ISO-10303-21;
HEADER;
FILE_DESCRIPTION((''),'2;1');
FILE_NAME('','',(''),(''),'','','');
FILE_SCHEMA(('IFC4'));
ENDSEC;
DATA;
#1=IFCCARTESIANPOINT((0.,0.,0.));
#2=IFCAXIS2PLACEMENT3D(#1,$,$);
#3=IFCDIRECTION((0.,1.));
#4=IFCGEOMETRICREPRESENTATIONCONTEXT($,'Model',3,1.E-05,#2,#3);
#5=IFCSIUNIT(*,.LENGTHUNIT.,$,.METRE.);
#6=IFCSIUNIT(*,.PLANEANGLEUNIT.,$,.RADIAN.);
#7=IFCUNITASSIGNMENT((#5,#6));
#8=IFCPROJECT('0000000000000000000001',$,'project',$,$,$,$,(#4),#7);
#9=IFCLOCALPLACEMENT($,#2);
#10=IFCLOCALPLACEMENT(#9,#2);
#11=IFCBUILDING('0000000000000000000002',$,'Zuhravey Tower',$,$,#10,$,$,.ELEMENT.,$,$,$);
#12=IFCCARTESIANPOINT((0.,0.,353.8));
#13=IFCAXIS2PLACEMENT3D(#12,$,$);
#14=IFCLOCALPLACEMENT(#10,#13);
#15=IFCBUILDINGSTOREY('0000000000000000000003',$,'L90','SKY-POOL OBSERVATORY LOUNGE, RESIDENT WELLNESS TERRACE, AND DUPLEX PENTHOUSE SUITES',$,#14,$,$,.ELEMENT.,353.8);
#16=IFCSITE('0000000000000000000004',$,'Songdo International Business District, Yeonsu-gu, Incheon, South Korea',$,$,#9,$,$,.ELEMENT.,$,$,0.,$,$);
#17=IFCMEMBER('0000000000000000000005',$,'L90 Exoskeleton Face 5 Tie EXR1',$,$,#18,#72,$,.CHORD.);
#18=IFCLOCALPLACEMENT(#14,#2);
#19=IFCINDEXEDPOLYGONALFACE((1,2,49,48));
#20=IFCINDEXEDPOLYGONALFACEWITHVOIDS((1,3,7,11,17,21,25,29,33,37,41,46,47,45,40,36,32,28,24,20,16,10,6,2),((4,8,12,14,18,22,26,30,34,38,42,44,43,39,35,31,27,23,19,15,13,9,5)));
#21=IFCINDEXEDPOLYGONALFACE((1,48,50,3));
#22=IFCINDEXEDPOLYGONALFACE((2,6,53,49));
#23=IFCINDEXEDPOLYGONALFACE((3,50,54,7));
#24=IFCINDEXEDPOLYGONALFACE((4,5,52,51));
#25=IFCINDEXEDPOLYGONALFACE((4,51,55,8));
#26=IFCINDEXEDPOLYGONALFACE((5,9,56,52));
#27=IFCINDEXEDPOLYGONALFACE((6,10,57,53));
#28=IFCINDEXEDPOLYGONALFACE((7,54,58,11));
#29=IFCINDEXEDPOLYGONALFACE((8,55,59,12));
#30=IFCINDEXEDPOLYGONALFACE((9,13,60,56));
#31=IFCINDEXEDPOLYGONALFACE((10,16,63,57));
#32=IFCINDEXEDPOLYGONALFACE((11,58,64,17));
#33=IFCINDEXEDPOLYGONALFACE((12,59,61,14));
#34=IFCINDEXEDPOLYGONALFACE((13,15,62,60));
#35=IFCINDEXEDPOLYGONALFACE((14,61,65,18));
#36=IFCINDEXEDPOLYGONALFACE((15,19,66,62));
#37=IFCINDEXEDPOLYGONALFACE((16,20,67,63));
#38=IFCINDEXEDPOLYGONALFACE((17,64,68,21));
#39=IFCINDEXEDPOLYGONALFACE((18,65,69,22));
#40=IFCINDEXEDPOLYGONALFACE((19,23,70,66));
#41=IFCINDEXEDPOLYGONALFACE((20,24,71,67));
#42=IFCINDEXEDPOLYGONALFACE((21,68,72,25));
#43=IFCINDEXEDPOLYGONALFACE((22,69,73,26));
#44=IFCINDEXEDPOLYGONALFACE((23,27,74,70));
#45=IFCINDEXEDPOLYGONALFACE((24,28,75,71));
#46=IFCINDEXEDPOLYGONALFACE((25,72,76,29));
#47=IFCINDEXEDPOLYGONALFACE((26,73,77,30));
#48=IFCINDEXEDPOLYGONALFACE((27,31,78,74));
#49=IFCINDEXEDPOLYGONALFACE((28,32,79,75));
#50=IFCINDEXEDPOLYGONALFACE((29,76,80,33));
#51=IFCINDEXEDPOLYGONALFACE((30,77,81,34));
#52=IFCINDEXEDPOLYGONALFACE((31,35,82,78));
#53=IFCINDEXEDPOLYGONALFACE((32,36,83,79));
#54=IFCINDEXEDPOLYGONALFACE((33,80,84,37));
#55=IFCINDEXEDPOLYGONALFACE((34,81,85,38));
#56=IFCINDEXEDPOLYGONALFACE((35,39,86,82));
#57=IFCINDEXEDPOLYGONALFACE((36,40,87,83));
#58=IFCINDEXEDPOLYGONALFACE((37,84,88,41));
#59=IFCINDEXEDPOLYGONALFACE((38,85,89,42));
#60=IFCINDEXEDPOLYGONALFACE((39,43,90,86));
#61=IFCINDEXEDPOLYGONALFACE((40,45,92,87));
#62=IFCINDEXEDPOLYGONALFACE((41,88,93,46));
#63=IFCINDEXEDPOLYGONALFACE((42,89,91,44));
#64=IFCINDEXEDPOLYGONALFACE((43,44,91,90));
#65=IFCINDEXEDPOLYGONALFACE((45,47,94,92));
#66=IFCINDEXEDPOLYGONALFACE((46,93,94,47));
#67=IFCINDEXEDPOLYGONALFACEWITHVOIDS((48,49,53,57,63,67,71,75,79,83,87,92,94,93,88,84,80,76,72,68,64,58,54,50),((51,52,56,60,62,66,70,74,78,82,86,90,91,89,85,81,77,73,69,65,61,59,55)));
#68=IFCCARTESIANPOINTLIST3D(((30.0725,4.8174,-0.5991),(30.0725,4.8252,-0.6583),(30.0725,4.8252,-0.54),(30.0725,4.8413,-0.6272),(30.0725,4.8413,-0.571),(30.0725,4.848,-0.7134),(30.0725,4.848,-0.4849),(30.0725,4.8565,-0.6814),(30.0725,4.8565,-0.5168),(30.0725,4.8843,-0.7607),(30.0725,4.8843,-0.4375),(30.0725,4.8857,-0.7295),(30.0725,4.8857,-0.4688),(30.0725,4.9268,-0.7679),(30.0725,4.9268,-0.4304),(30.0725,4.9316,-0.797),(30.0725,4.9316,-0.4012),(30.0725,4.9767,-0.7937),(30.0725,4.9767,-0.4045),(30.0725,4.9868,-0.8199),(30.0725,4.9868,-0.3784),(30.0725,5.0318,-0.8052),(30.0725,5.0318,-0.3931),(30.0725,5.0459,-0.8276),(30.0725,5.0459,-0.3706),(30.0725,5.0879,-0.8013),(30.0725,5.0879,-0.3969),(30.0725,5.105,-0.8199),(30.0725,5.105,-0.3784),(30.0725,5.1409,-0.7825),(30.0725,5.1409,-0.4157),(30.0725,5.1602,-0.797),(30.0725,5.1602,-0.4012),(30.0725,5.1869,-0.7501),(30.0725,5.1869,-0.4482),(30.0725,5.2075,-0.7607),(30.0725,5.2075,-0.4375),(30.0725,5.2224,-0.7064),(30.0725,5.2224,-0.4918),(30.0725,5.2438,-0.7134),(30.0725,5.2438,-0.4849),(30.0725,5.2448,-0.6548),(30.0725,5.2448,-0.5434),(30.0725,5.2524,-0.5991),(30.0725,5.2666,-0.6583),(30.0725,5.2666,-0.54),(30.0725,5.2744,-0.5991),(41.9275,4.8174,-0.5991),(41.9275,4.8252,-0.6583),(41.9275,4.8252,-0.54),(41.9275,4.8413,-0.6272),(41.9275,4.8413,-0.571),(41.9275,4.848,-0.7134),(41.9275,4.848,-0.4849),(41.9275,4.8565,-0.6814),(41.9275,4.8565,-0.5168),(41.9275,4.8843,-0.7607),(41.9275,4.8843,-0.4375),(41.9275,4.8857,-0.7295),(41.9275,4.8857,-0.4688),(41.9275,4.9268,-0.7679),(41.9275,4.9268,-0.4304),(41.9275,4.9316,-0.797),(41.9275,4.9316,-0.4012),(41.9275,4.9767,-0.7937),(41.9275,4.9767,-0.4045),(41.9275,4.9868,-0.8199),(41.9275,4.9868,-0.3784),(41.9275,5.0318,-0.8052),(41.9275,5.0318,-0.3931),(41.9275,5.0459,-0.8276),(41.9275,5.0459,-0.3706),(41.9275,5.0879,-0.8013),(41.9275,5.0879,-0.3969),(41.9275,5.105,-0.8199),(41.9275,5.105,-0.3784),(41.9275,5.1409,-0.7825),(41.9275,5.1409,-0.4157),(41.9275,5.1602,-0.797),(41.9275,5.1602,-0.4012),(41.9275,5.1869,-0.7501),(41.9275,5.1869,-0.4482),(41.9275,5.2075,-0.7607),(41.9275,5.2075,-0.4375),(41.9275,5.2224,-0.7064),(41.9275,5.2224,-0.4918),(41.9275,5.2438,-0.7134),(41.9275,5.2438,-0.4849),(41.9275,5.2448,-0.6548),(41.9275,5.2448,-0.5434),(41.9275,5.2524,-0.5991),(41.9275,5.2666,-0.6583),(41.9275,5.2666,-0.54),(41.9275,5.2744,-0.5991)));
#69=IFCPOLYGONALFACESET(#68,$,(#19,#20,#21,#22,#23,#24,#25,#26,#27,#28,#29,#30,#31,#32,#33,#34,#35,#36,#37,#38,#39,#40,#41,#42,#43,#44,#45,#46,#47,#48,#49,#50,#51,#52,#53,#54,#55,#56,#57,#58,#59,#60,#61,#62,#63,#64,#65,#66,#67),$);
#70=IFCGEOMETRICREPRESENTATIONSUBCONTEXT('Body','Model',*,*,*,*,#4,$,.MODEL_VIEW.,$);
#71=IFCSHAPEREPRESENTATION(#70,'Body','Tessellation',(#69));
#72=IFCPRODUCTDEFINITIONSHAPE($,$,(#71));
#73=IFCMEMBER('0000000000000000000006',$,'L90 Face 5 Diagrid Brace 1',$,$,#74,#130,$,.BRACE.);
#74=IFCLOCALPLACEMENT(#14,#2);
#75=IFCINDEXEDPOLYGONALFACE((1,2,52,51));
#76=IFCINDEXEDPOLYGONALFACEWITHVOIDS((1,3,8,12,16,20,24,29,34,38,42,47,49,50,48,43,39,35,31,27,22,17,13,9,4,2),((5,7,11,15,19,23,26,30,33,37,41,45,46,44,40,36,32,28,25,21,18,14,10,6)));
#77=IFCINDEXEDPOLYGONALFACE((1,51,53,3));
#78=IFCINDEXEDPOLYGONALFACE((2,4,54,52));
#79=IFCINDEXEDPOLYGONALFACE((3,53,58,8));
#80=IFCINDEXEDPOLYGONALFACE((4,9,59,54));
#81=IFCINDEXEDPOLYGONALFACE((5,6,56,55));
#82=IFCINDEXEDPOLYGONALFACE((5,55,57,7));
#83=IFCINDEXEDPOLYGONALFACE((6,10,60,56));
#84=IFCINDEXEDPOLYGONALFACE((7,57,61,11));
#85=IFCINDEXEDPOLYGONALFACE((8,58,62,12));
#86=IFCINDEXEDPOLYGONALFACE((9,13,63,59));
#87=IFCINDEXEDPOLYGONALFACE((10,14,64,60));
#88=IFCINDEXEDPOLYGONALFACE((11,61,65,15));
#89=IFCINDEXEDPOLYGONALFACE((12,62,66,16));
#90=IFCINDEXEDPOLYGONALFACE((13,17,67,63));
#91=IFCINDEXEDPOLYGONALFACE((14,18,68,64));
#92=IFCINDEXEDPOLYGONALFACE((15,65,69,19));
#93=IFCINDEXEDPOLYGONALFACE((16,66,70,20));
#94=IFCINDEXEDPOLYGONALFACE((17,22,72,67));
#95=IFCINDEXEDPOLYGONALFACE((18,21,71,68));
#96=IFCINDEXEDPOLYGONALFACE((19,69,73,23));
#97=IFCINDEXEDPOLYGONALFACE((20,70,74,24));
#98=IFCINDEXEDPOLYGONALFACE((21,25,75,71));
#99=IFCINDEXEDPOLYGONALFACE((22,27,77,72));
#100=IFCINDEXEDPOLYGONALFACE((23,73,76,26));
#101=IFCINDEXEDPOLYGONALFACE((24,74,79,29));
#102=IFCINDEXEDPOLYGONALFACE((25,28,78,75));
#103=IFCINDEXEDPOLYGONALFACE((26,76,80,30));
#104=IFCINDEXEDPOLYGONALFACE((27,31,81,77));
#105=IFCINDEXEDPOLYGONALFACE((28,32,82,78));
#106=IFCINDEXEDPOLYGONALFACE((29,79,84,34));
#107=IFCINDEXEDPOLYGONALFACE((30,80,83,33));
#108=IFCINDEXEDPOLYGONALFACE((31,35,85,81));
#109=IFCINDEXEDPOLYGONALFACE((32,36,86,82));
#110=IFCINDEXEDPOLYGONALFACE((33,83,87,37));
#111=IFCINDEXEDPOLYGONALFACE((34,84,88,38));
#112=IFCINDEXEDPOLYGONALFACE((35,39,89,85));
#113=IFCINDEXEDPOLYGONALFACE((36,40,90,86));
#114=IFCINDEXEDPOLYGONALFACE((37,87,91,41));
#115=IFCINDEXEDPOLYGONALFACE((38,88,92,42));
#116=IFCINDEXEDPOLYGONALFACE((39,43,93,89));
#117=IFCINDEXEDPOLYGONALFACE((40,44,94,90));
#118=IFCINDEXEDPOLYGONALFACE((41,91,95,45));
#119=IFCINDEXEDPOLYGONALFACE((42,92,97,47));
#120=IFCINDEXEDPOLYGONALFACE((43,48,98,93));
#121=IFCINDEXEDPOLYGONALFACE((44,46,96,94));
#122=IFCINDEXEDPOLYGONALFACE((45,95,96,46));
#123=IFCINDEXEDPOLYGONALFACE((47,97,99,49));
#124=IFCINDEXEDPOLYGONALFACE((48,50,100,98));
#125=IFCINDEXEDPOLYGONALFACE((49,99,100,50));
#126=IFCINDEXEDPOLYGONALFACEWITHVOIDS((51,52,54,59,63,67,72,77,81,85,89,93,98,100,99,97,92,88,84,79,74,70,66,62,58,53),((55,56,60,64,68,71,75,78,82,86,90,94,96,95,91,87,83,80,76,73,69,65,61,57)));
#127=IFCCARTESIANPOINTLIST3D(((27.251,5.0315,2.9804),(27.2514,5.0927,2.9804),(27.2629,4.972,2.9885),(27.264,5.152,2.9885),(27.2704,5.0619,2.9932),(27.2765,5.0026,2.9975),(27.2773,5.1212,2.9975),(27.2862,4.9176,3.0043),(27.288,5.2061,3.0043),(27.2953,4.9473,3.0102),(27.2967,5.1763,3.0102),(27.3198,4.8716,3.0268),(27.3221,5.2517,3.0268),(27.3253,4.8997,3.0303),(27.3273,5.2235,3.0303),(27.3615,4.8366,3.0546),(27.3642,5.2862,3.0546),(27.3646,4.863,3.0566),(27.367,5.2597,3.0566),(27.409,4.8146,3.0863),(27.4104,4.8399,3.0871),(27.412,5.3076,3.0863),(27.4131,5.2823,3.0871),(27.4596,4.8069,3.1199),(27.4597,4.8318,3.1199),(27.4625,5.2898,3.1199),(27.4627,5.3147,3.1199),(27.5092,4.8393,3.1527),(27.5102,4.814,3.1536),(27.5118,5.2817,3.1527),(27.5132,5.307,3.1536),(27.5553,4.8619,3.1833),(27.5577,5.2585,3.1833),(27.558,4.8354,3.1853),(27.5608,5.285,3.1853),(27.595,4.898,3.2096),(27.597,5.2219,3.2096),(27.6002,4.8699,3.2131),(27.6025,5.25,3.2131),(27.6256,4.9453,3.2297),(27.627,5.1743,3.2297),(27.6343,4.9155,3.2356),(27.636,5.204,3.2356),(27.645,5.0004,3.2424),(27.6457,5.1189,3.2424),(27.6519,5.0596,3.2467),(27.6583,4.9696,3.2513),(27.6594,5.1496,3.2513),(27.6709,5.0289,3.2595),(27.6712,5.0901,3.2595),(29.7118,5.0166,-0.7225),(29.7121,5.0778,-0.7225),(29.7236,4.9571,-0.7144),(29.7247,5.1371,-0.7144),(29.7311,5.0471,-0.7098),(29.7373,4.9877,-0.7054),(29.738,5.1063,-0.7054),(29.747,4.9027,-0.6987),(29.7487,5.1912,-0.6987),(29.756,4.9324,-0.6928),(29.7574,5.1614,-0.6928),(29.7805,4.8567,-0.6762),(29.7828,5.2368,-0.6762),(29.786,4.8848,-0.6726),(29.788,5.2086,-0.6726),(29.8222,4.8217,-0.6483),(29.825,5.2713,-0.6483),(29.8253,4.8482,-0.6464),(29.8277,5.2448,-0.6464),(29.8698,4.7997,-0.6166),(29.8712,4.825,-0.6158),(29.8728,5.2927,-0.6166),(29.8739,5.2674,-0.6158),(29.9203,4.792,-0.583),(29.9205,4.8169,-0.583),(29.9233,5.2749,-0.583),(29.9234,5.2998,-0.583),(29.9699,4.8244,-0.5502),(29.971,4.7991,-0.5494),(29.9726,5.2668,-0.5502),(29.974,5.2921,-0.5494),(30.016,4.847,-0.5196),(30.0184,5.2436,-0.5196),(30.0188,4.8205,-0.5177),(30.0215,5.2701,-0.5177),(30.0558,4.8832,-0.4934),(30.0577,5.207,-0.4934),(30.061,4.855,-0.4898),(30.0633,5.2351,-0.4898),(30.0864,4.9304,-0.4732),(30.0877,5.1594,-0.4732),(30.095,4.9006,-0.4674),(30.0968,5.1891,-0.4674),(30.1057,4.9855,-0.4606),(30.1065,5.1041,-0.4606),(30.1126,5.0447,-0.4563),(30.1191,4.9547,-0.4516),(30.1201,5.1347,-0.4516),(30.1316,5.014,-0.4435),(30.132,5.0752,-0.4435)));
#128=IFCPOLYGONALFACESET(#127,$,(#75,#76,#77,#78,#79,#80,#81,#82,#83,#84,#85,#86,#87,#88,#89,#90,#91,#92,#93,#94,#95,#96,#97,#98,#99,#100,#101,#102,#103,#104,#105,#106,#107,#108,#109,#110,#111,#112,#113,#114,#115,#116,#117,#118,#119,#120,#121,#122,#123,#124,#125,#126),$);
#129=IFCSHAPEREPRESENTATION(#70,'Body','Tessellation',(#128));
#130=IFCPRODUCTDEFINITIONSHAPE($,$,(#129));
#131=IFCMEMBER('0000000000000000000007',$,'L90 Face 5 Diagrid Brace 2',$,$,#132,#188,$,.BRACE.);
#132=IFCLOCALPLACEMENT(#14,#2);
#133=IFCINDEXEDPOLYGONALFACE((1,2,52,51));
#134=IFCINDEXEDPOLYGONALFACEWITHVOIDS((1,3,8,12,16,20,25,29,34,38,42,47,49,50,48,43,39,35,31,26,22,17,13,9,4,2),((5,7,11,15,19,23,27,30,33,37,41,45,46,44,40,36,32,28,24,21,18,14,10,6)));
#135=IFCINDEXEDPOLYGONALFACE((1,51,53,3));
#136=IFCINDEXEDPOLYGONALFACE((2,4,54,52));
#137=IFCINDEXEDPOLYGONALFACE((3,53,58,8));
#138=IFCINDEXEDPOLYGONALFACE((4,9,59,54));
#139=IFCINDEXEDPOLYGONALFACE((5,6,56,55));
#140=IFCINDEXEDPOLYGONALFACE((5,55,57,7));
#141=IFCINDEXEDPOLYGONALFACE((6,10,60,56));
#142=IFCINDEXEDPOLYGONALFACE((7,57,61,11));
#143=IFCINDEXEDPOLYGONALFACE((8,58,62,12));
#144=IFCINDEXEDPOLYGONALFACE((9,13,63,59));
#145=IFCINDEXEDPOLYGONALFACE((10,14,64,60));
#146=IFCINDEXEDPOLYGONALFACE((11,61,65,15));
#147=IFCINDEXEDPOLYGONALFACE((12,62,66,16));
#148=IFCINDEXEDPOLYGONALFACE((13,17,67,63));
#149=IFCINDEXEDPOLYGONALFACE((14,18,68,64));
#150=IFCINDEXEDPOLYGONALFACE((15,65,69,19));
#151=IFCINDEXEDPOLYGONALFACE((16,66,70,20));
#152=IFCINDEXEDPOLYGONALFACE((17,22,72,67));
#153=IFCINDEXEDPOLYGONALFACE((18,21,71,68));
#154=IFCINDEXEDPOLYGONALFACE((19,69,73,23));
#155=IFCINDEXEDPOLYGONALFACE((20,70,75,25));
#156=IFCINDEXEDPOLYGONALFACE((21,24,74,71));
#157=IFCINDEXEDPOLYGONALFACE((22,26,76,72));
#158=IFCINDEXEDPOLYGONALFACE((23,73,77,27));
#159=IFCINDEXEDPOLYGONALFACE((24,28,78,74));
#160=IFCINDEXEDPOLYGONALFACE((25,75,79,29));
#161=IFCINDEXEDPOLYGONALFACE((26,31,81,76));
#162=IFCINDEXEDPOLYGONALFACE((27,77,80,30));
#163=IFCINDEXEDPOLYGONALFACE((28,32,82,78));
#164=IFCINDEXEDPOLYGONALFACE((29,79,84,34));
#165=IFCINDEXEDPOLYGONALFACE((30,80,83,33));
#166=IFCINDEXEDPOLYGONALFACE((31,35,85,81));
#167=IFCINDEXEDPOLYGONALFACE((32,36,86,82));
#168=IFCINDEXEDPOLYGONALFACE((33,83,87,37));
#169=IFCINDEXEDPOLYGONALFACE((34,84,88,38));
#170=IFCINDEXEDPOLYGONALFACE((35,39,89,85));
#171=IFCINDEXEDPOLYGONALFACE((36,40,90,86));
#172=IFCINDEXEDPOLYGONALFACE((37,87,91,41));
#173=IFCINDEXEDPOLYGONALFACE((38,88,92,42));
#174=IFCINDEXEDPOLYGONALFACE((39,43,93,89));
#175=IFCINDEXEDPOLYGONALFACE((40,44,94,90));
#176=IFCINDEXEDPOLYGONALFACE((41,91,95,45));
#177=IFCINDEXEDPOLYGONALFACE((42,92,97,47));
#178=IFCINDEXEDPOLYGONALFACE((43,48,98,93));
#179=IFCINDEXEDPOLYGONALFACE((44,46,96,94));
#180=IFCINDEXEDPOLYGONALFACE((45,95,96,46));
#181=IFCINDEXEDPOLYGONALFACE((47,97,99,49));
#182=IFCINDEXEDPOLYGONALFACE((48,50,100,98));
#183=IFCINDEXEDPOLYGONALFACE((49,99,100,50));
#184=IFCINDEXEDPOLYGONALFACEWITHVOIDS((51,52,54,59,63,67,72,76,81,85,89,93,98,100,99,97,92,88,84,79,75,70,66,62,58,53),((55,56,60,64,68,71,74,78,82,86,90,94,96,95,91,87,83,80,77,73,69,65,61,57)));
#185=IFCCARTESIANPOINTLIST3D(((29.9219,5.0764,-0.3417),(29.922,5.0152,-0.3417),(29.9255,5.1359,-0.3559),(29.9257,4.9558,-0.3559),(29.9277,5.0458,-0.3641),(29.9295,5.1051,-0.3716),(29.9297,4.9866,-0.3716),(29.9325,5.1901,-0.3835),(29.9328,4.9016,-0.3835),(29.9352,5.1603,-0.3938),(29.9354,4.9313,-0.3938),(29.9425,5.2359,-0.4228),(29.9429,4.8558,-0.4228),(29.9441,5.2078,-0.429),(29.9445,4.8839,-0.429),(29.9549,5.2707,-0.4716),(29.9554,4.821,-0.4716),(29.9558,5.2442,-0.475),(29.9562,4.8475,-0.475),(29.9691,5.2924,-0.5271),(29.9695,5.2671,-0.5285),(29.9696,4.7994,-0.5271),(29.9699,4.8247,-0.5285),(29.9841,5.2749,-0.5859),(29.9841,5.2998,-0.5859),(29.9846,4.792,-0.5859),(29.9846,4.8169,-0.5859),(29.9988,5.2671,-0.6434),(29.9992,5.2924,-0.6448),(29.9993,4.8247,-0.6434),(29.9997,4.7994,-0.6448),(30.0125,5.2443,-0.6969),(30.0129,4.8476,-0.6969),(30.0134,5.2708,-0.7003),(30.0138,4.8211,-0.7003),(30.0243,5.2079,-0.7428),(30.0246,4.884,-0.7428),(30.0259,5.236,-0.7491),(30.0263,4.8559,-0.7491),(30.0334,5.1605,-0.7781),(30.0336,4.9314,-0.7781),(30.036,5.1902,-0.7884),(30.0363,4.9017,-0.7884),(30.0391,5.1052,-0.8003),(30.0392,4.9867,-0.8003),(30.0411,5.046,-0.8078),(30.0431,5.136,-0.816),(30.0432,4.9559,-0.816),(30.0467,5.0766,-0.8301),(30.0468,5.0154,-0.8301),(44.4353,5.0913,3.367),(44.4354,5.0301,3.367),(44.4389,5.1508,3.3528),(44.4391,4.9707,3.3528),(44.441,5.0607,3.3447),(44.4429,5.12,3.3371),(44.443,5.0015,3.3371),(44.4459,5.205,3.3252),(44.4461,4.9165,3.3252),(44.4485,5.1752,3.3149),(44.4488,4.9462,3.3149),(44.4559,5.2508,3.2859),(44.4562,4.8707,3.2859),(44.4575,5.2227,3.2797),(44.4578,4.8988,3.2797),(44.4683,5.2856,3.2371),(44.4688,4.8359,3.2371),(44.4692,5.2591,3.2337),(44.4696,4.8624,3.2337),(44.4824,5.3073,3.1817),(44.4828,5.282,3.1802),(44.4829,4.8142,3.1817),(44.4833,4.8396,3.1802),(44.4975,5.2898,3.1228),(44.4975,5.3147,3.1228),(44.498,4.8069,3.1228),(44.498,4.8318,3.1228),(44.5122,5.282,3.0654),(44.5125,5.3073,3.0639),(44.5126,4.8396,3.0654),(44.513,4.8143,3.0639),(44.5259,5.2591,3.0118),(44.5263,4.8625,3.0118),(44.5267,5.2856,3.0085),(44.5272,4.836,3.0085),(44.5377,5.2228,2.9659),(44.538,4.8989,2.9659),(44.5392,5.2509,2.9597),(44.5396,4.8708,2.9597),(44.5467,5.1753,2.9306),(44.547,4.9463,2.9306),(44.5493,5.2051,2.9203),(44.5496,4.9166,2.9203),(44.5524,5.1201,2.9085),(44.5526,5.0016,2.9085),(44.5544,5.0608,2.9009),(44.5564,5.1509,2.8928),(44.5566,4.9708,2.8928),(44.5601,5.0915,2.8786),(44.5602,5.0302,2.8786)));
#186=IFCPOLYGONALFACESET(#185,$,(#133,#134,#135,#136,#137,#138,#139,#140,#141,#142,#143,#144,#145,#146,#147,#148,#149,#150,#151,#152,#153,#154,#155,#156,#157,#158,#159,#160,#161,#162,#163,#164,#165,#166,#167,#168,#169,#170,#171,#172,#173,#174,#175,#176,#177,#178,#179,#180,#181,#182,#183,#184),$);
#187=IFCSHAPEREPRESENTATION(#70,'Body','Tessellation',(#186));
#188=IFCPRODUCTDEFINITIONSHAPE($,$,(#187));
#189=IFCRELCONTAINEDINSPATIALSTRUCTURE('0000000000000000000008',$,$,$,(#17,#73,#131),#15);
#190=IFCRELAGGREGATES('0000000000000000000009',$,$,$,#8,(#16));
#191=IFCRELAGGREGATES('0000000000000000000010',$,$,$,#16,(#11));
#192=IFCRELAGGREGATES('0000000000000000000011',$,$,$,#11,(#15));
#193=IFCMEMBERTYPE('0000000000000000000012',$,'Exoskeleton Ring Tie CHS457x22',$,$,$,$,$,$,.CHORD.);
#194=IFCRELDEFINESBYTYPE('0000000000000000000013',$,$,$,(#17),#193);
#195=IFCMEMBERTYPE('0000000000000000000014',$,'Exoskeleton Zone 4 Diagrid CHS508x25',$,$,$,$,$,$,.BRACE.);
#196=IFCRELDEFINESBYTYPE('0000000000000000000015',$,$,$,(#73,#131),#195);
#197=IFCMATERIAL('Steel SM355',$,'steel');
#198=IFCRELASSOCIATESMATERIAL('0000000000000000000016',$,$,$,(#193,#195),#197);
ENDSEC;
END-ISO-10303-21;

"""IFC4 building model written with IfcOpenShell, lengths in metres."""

from ifc_helpers import new_model, si_unit, direction, frame, origin, origin_2d, place, context, subcontext, project, spatial, hollow_circle, extrude, material, material_profile, profile_set, type_object, element, save


model = new_model("IFC4")

# Units and contexts
model_context = context("Model", 3, precision=1e-05, world=origin(), true_north=direction((0.0, 1.0)))
body_context = subcontext(model_context, "Body", "Model", "MODEL_VIEW")
ifc_project = project(units=[si_unit("LENGTHUNIT", "METRE"), si_unit("PLANEANGLEUNIT", "RADIAN")], contexts=[model_context])

# Site, building, storey
site_placement = place(None, origin())
site = spatial("IfcSite", under=ifc_project, at=site_placement, Name="Songdo International Business District, Yeonsu-gu, Incheon, South Korea", CompositionType="ELEMENT", RefElevation=0.0)
building_placement = place(site_placement, origin())
building = spatial("IfcBuilding", under=site, at=building_placement, Name="Zuhravey Tower", CompositionType="ELEMENT")
storey_placement = place(building_placement, frame((0.0, 0.0, 353.8)))
storey = spatial("IfcBuildingStorey", under=building, at=storey_placement, Name="L90", Description="SKY-POOL OBSERVATORY LOUNGE, RESIDENT WELLNESS TERRACE, AND DUPLEX PENTHOUSE SUITES", CompositionType="ELEMENT", Elevation=353.8)

# Members
ifc_material_1 = material(Name="Steel SM355", Category="steel")
ifc_material_profile_1 = material_profile(ifc_material_1, hollow_circle(Radius=0.2285, WallThickness=0.022, at=origin_2d()), Name="CHS-457.2x22")
ifc_profile_set_1 = profile_set([ifc_material_profile_1], Name="Steel SM355")
member_type_1 = type_object("IfcMemberType", Name="Exoskeleton Ring Tie CHS457x22", PredefinedType="CHORD", material=ifc_profile_set_1)
member_1_placement = place(storey_placement, frame((30.0725, 5.0459, -0.5991), z_axis=(1.0, 0.0, 0.0), x_axis=(0.0, 1.0, 0.0)))
element("IfcMember", 1, at=member_1_placement, inside=storey, type_object=member_type_1, Name="L90 Exoskeleton Face 5 Tie EXR1", PredefinedType="CHORD", context=body_context, shape_type="SweptSolid", body=[
    extrude(hollow_circle(Radius=0.2285, WallThickness=0.022, at=origin_2d()), origin(), (0.0, 0.0, 1.0), 11.855),
])
ifc_material_profile_2 = material_profile(ifc_material_1, hollow_circle(Radius=0.2539, WallThickness=0.0249, at=origin_2d()), Name="CHS-508.0x25")
ifc_profile_set_2 = profile_set([ifc_material_profile_2], Name="Steel SM355")
member_type_2 = type_object("IfcMemberType", Name="Exoskeleton Zone 4 Diagrid CHS508x25", PredefinedType="BRACE", material=ifc_profile_set_2)
member_2_placement = place(storey_placement, frame((29.9219, 5.0459, -0.583), z_axis=(-0.553467, 0.00335, 0.832864), x_axis=(-0.006052, -0.999982, 0.0)))
element("IfcMember", 2, at=member_2_placement, inside=storey, type_object=member_type_2, Name="L90 Face 5 Diagrid Brace 1", PredefinedType="BRACE", context=body_context, shape_type="SweptSolid", body=[
    extrude(hollow_circle(Radius=0.2539, WallThickness=0.0249, at=origin_2d()), origin(), (0.0, 0.0, 1.0), 4.446),
])
member_3_placement = place(storey_placement, frame((29.9844, 5.0459, -0.5859), z_axis=(0.968866, 0.000994, 0.247583), x_axis=(-0.001026, 0.999999, 0.0)))
element("IfcMember", 3, at=member_3_placement, inside=storey, type_object=member_type_2, Name="L90 Face 5 Diagrid Brace 2", PredefinedType="BRACE", context=body_context, shape_type="SweptSolid", body=[
    extrude(hollow_circle(Radius=0.2539, WallThickness=0.0249, at=origin_2d()), origin(), (0.0, 0.0, 1.0), 14.9797),
])

save(model, "model.ifc")
